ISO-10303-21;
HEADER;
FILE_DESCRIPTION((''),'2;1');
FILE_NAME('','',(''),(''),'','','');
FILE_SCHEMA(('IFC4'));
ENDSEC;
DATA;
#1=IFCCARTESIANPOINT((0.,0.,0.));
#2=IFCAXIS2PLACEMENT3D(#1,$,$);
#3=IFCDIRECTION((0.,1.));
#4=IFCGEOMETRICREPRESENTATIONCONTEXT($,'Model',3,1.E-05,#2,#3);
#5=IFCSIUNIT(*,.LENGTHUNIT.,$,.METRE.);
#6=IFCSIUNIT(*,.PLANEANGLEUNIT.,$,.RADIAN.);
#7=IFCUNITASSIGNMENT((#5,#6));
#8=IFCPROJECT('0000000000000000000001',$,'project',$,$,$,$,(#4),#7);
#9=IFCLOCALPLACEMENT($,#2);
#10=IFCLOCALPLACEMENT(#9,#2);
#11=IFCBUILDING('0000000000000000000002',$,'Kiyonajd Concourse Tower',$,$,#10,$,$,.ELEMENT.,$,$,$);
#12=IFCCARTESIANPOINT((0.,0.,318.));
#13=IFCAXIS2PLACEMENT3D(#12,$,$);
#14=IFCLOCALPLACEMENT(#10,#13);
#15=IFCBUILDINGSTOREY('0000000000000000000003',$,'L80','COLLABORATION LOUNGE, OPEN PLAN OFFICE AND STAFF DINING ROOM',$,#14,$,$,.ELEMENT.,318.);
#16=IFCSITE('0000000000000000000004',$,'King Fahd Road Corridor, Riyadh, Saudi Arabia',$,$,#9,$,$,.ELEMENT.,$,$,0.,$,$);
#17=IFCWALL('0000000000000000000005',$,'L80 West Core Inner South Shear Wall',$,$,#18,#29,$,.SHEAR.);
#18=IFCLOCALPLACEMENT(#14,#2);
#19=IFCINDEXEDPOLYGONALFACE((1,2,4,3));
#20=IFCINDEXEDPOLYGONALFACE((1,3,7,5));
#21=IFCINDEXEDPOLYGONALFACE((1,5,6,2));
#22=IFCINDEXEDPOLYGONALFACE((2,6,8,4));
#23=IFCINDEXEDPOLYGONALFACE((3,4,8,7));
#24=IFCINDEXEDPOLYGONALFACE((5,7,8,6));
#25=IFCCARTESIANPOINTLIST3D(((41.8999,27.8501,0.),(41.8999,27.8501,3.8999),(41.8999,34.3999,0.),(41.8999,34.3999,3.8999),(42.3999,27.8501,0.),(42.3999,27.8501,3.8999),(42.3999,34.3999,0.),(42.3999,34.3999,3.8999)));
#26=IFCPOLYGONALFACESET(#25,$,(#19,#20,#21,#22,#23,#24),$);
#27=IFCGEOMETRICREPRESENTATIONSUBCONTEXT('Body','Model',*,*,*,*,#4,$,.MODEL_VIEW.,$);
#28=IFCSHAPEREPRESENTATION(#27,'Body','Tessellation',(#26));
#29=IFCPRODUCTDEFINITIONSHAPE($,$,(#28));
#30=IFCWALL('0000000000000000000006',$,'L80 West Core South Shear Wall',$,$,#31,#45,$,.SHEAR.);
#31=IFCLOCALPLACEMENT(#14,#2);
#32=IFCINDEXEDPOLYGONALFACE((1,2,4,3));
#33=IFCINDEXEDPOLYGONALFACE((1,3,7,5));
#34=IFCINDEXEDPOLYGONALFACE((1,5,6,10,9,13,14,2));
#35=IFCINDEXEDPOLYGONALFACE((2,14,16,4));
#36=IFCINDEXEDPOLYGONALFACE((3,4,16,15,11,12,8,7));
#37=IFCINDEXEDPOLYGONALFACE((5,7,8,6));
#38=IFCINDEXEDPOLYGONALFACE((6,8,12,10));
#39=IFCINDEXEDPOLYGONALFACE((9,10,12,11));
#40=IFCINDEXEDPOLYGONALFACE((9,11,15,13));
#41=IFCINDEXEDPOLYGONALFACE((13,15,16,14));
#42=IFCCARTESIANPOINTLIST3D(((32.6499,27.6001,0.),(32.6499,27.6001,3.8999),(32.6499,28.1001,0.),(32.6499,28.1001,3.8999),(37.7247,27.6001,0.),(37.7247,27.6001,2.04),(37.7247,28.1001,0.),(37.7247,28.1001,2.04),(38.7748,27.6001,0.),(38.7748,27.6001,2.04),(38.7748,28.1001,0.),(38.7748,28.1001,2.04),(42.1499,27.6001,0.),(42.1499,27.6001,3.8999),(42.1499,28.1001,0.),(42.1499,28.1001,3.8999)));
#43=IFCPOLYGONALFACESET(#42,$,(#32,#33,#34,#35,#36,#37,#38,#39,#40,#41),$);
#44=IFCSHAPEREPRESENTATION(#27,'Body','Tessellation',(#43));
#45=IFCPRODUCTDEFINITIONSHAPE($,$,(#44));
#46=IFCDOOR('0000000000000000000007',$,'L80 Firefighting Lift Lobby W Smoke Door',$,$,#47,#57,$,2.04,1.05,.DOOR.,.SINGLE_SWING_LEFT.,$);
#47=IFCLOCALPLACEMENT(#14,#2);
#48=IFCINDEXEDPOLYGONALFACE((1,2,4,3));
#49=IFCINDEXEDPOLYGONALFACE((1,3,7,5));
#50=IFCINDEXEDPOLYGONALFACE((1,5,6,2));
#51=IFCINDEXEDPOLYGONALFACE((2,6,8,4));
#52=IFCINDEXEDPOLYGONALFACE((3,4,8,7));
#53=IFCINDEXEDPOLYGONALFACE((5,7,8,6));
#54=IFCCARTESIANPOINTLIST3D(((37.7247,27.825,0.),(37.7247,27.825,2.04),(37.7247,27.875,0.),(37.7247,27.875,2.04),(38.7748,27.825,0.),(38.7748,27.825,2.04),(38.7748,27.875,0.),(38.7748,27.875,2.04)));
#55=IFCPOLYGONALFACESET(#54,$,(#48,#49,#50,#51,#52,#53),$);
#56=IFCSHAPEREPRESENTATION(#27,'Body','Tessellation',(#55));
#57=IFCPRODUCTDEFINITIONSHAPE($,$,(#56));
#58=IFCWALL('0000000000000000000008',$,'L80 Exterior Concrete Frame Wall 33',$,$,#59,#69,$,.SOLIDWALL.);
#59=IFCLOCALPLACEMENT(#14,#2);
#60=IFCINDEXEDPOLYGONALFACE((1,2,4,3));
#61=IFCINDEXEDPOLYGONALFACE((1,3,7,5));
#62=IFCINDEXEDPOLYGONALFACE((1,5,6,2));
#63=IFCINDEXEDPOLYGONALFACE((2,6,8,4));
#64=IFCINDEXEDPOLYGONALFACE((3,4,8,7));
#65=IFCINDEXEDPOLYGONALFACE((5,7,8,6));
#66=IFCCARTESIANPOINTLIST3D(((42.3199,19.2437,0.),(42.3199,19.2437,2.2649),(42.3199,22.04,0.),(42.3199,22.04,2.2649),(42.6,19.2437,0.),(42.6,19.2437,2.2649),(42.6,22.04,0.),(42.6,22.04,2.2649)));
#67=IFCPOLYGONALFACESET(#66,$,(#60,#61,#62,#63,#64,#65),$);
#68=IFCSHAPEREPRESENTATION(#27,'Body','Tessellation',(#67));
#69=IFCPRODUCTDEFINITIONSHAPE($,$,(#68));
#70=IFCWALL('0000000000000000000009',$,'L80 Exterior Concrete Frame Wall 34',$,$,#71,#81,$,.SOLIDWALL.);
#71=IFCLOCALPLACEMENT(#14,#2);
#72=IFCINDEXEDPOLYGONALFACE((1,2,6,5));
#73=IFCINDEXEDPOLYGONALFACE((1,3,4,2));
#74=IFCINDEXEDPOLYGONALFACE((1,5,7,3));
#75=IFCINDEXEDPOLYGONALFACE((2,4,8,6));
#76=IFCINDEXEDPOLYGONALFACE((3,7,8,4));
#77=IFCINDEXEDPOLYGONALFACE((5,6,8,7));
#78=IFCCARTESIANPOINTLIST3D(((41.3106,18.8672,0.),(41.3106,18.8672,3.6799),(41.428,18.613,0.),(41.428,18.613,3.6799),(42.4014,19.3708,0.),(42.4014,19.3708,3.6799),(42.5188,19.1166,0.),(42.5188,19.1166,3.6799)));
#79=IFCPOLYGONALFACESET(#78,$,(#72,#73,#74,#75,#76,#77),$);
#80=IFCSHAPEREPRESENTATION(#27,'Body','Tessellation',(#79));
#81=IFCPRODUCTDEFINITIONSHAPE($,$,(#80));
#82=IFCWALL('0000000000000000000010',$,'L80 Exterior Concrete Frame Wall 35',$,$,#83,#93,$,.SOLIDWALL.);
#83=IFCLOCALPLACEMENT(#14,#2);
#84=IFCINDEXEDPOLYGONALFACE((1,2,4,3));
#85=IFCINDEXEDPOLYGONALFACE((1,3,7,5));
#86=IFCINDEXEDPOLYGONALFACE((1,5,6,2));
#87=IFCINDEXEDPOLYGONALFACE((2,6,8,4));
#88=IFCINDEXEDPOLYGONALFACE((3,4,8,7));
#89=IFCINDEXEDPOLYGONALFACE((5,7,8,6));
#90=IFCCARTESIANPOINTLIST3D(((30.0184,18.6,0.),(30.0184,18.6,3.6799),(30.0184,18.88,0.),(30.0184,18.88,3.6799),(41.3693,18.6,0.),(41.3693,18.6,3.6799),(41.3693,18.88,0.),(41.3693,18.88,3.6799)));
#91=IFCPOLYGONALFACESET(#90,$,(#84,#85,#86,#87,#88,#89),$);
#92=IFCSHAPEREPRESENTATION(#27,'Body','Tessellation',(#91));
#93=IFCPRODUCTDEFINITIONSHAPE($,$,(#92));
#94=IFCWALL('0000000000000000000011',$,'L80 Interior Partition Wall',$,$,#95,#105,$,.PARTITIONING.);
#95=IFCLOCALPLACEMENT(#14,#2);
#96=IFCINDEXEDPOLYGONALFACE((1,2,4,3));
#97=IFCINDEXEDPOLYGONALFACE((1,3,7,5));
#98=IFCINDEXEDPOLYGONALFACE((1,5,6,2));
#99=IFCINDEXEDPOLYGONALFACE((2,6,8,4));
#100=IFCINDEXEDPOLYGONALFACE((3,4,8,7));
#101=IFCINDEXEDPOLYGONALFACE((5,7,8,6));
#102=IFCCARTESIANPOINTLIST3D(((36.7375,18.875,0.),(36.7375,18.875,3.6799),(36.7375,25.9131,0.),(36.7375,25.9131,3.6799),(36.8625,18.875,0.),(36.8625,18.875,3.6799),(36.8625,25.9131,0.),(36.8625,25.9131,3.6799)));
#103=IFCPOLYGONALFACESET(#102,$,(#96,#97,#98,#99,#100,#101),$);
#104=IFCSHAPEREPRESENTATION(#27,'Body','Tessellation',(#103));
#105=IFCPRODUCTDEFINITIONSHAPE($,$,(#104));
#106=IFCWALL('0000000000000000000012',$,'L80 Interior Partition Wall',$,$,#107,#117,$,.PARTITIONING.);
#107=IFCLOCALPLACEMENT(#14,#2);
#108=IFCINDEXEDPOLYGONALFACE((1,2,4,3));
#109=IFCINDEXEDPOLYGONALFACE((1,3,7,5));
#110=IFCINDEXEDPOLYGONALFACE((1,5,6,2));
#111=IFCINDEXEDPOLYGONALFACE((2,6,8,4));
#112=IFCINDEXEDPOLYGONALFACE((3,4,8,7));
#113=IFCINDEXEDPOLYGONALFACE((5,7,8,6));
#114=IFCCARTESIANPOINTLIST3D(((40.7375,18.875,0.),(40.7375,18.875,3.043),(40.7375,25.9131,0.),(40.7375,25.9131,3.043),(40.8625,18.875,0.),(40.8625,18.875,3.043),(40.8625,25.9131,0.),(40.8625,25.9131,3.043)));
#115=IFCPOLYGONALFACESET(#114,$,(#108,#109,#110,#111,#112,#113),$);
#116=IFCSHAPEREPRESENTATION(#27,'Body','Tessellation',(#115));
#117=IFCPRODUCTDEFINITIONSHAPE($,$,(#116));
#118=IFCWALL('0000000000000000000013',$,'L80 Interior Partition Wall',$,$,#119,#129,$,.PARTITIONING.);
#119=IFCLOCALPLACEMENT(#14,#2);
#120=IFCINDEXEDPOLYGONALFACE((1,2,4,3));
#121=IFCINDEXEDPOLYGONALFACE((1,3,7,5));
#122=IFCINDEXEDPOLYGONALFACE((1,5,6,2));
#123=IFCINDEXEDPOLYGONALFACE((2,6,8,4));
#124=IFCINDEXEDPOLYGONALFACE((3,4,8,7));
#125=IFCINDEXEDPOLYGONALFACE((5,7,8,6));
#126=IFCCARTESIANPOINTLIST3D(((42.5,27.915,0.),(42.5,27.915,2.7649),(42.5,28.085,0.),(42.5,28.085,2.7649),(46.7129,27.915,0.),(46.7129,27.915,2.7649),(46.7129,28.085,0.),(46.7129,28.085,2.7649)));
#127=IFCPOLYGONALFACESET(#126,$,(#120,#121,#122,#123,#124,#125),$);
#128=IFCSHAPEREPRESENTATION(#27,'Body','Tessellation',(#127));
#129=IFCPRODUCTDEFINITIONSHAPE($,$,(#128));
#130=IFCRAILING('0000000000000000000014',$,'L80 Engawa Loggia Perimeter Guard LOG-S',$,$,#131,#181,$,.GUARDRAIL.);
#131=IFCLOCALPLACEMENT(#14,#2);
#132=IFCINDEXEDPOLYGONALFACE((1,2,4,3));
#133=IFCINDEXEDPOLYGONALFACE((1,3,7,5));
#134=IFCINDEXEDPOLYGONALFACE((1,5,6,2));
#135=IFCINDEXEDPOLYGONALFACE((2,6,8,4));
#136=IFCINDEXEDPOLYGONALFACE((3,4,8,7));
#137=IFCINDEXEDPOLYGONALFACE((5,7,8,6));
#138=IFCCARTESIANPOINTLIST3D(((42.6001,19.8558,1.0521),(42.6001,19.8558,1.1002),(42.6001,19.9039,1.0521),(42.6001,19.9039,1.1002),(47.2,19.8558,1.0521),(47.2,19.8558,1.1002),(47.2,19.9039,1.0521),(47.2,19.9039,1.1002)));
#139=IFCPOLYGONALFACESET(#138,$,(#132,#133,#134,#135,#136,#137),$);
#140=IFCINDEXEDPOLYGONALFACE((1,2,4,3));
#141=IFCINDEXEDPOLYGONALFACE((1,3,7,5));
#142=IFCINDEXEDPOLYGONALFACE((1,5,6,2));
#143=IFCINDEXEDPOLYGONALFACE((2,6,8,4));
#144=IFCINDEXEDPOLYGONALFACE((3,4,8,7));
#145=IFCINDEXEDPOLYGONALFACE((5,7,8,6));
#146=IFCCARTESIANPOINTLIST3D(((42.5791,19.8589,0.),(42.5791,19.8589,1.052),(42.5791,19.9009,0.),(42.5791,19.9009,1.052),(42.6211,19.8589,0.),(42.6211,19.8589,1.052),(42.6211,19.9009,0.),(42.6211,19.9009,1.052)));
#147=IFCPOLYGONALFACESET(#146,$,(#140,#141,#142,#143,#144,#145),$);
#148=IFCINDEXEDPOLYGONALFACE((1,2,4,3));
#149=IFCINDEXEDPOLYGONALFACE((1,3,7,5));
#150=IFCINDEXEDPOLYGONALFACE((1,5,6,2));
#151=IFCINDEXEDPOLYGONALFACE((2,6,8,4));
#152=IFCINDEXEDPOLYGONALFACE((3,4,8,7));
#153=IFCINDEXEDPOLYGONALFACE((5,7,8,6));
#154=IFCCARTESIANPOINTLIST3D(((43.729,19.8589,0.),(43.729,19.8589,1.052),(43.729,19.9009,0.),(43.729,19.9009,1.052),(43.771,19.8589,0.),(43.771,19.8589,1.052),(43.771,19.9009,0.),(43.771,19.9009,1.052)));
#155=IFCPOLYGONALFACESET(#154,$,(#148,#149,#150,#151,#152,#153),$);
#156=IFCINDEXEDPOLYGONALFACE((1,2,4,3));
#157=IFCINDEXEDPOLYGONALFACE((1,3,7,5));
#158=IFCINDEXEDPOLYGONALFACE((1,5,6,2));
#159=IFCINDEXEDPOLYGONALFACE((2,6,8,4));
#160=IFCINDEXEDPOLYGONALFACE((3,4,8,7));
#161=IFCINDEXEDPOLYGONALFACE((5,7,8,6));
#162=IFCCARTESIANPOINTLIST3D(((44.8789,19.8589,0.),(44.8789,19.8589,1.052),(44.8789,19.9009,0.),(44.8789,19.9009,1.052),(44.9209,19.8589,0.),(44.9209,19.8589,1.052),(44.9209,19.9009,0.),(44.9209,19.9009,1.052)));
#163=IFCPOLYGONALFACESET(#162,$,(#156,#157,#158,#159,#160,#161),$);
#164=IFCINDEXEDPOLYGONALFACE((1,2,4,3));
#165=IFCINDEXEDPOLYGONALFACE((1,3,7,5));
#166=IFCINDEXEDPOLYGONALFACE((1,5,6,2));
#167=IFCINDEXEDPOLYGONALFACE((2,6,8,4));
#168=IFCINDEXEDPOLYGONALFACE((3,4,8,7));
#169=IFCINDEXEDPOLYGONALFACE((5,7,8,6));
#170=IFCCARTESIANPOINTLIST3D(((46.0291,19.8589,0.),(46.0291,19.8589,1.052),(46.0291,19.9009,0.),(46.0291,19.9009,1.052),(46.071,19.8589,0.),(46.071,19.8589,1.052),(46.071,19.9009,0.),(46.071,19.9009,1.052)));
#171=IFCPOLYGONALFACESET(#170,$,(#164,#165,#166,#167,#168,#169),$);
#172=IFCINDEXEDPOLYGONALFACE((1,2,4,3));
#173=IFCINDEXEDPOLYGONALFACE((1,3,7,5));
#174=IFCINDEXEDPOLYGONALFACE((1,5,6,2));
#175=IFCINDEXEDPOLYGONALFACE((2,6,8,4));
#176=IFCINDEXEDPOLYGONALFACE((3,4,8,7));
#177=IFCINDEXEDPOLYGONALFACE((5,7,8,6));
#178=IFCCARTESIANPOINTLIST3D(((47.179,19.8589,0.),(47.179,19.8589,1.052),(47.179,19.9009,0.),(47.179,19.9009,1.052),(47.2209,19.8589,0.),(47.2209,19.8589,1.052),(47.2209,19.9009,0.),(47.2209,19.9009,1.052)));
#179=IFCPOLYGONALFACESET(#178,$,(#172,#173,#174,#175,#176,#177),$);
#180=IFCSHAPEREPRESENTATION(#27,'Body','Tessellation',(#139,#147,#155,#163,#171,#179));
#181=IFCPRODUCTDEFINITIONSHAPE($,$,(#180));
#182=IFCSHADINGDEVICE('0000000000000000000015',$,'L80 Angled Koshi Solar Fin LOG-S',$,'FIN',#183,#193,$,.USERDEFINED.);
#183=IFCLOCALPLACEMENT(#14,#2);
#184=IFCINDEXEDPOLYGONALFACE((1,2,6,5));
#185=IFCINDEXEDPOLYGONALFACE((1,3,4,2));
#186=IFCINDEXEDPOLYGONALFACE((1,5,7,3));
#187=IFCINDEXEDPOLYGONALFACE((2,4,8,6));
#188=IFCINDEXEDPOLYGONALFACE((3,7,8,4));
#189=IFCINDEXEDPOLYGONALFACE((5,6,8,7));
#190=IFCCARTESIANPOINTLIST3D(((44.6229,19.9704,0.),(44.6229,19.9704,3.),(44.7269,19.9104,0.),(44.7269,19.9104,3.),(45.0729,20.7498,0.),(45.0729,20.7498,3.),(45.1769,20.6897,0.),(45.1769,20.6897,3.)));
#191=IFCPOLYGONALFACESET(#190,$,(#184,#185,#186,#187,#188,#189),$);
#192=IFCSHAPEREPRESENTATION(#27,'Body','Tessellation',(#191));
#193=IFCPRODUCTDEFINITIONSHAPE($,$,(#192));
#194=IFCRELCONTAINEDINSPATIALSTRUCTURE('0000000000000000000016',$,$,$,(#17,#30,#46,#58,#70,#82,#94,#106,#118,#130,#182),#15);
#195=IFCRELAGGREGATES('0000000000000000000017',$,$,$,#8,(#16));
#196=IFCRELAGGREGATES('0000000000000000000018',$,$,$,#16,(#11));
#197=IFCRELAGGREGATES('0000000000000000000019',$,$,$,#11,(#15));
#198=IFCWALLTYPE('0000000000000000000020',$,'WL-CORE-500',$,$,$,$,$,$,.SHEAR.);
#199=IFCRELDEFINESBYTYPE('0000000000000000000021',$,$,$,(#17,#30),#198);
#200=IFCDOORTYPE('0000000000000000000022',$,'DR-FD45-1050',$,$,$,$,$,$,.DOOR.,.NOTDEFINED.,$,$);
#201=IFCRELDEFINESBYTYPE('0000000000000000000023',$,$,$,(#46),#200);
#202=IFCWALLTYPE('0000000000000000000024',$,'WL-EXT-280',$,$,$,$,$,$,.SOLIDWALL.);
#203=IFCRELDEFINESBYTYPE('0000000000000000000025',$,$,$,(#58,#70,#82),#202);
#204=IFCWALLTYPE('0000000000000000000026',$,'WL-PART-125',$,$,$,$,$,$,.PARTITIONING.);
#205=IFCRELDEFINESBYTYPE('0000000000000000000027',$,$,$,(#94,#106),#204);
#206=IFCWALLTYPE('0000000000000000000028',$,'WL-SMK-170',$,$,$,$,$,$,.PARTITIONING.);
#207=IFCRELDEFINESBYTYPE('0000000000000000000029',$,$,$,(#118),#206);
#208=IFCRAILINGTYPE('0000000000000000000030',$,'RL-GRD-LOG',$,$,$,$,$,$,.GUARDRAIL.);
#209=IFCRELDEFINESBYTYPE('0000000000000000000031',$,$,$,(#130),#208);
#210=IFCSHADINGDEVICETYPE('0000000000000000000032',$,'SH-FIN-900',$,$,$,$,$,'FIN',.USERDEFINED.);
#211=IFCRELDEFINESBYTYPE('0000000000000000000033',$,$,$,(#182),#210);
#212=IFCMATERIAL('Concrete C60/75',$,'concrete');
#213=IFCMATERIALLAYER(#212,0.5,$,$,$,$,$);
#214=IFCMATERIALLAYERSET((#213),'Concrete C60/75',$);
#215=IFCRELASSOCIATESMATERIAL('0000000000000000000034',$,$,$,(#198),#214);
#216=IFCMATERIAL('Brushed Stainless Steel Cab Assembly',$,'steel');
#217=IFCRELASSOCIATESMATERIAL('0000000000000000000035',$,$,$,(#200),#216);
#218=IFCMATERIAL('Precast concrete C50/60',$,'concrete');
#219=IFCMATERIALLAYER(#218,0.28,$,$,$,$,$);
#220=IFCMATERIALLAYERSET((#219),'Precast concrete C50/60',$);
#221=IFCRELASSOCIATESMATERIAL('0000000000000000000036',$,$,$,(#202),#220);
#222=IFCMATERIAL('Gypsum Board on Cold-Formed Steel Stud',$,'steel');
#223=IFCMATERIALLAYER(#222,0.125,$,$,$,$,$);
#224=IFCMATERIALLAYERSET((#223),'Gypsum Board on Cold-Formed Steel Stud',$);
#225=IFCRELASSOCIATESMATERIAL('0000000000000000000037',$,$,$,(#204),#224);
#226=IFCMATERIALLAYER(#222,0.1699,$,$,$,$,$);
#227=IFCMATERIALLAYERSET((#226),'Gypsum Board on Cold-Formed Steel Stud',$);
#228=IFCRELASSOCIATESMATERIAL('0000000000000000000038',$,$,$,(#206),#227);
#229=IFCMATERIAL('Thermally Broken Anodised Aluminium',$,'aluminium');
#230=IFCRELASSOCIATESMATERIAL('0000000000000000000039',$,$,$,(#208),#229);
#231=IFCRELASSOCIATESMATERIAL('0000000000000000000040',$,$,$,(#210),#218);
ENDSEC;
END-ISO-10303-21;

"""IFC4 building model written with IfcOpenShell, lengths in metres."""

from ifc_helpers import new_model, si_unit, direction, frame, frame_2d, origin, origin_2d, place, context, subcontext, project, spatial, rectangle, extrude, material, layer, layer_set, type_object, element, fill, save


model = new_model("IFC4")

# Units and contexts
model_context = context("Model", 3, precision=1e-05, world=origin(), true_north=direction((0.0, 1.0)))
body_context = subcontext(model_context, "Body", "Model", "MODEL_VIEW")
ifc_project = project(units=[si_unit("LENGTHUNIT", "METRE"), si_unit("PLANEANGLEUNIT", "RADIAN")], contexts=[model_context])

# Site, building, storey
site_placement = place(None, origin())
site = spatial("IfcSite", under=ifc_project, at=site_placement, Name="King Fahd Road Corridor, Riyadh, Saudi Arabia", CompositionType="ELEMENT", RefElevation=0.0)
building_placement = place(site_placement, origin())
building = spatial("IfcBuilding", under=site, at=building_placement, Name="Kiyonajd Concourse Tower", CompositionType="ELEMENT")
storey_placement = place(building_placement, frame((0.0, 0.0, 318.0)))
storey = spatial("IfcBuildingStorey", under=building, at=storey_placement, Name="L80", Description="COLLABORATION LOUNGE, OPEN PLAN OFFICE AND STAFF DINING ROOM", CompositionType="ELEMENT", Elevation=318.0)

# Shared definitions
ifc_material_1 = material(Name="Concrete C60/75", Category="concrete")

# Shared definitions
ifc_material_2 = material(Name="Thermally Broken Anodised Aluminium", Category="aluminium")

# Wall
ifc_layer_1 = layer(ifc_material_1, 0.5)
ifc_layer_set_1 = layer_set([ifc_layer_1], Name="Concrete C60/75")
wall_type_1 = type_object("IfcWallType", Name="WL-CORE-500", PredefinedType="SHEAR", material=ifc_layer_set_1)
wall_1_placement = place(storey_placement, frame((42.1499, 27.8501, 0.0), z_axis=(0.0, 0.0, 1.0), x_axis=(0.0, 1.0, 0.0)))
element("IfcWall", 1, at=wall_1_placement, inside=storey, type_object=wall_type_1, Name="L80 West Core Inner South Shear Wall", PredefinedType="SHEAR", context=body_context, shape_type="SweptSolid", body=[
    extrude(rectangle(XDim=6.5498, YDim=0.5, at=frame_2d((3.2749, 0.0))), origin(), (0.0, 0.0, 1.0), 3.8999),
])

# Wall, opening, door
wall_2_placement = place(storey_placement, frame((32.6499, 27.8501, 0.0), z_axis=(0.0, 0.0, 1.0), x_axis=(1.0, 0.0, 0.0)))
wall_2 = element("IfcWall", 2, at=wall_2_placement, inside=storey, type_object=wall_type_1, Name="L80 West Core South Shear Wall", PredefinedType="SHEAR", context=body_context, shape_type="SweptSolid", body=[
    extrude(rectangle(XDim=9.5, YDim=0.5, at=frame_2d((4.75, 0.0))), origin(), (0.0, 0.0, 1.0), 3.8999),
])
opening_placement = place(wall_2_placement, frame((5.075, 0.0, 0.0)))
opening = element("IfcOpeningElement", 3, at=opening_placement, cuts=wall_2, PredefinedType="OPENING", context=body_context, shape_type="SweptSolid", body=[
    extrude(rectangle(XDim=1.05, YDim=2.04, at=frame_2d((0.5249, 1.02))), frame((0.0, 0.26, 0.0), z_axis=(0.0, -1.0, 0.0), x_axis=(1.0, 0.0, 0.0)), (0.0, 0.0, 1.0), 0.52),
])
ifc_material_3 = material(Name="Brushed Stainless Steel Cab Assembly", Category="steel")
door_type = type_object("IfcDoorType", Name="DR-FD45-1050", OperationType="NOTDEFINED", PredefinedType="DOOR", material=ifc_material_3)
door_placement = place(opening_placement, origin())
door = element("IfcDoor", 4, at=door_placement, inside=storey, type_object=door_type, Name="L80 Firefighting Lift Lobby W Smoke Door", OperationType="SINGLE_SWING_LEFT", OverallHeight=2.04, OverallWidth=1.05, PredefinedType="DOOR", context=body_context, shape_type="SweptSolid", body=[
    extrude(rectangle(XDim=1.05, YDim=2.04, at=frame_2d((0.5249, 1.02))), frame((0.0, 0.0249, 0.0), z_axis=(0.0, -1.0, 0.0), x_axis=(1.0, 0.0, 0.0)), (0.0, 0.0, 1.0), 0.05),
])
fill(opening, door)

# Walls
ifc_material_4 = material(Name="Precast concrete C50/60", Category="concrete")
ifc_layer_2 = layer(ifc_material_4, 0.28)
ifc_layer_set_2 = layer_set([ifc_layer_2], Name="Precast concrete C50/60")
wall_type_2 = type_object("IfcWallType", Name="WL-EXT-280", PredefinedType="SOLIDWALL", material=ifc_layer_set_2)
wall_3_placement = place(storey_placement, frame((42.46, 22.04, 0.0), z_axis=(0.0, 0.0, 1.0), x_axis=(0.0, -1.0, 0.0)))
element("IfcWall", 5, at=wall_3_placement, inside=storey, type_object=wall_type_2, Name="L80 Exterior Concrete Frame Wall 33", PredefinedType="SOLIDWALL", context=body_context, shape_type="SweptSolid", body=[
    extrude(rectangle(XDim=2.7964, YDim=0.28, at=frame_2d((1.3982, 0.0))), origin(), (0.0, 0.0, 1.0), 2.2649),
])
wall_4_placement = place(storey_placement, frame((42.46, 19.2437, 0.0), z_axis=(0.0, 0.0, 1.0), x_axis=(-0.907894, -0.4192, 0.0)))
element("IfcWall", 6, at=wall_4_placement, inside=storey, type_object=wall_type_2, Name="L80 Exterior Concrete Frame Wall 34", PredefinedType="SOLIDWALL", context=body_context, shape_type="SweptSolid", body=[
    extrude(rectangle(XDim=1.2014, YDim=0.28, at=frame_2d((0.6006, 0.0))), origin(), (0.0, 0.0, 1.0), 3.6799),
])
wall_5_placement = place(storey_placement, frame((41.3691, 18.74, 0.0), z_axis=(0.0, 0.0, 1.0), x_axis=(-1.0, 0.0, 0.0)))
element("IfcWall", 7, at=wall_5_placement, inside=storey, type_object=wall_type_2, Name="L80 Exterior Concrete Frame Wall 35", PredefinedType="SOLIDWALL", context=body_context, shape_type="SweptSolid", body=[
    extrude(rectangle(XDim=11.3508, YDim=0.28, at=frame_2d((5.6753, 0.0))), origin(), (0.0, 0.0, 1.0), 3.6799),
])
ifc_material_5 = material(Name="Gypsum Board on Cold-Formed Steel Stud", Category="steel")
ifc_layer_3 = layer(ifc_material_5, 0.125)
ifc_layer_set_3 = layer_set([ifc_layer_3], Name="Gypsum Board on Cold-Formed Steel Stud")
wall_type_3 = type_object("IfcWallType", Name="WL-PART-125", PredefinedType="PARTITIONING", material=ifc_layer_set_3)
wall_6_placement = place(storey_placement, frame((36.8, 18.875, 0.0), z_axis=(0.0, 0.0, 1.0), x_axis=(0.0, 1.0, 0.0)))
element("IfcWall", 8, at=wall_6_placement, inside=storey, type_object=wall_type_3, Name="L80 Interior Partition Wall", PredefinedType="PARTITIONING", context=body_context, shape_type="SweptSolid", body=[
    extrude(rectangle(XDim=7.0381, YDim=0.125, at=frame_2d((3.519, 0.0))), origin(), (0.0, 0.0, 1.0), 3.6799),
])
wall_7_placement = place(storey_placement, frame((40.8, 18.875, 0.0), z_axis=(0.0, 0.0, 1.0), x_axis=(0.0, 1.0, 0.0)))
element("IfcWall", 9, at=wall_7_placement, inside=storey, type_object=wall_type_3, Name="L80 Interior Partition Wall", PredefinedType="PARTITIONING", context=body_context, shape_type="SweptSolid", body=[
    extrude(rectangle(XDim=7.0381, YDim=0.125, at=frame_2d((3.519, 0.0))), origin(), (0.0, 0.0, 1.0), 3.043),
])
ifc_layer_4 = layer(ifc_material_5, 0.1699)
ifc_layer_set_4 = layer_set([ifc_layer_4], Name="Gypsum Board on Cold-Formed Steel Stud")
wall_type_4 = type_object("IfcWallType", Name="WL-SMK-170", PredefinedType="PARTITIONING", material=ifc_layer_set_4)
wall_8_placement = place(storey_placement, frame((42.5, 28.0, 0.0), z_axis=(0.0, 0.0, 1.0), x_axis=(1.0, 0.0, 0.0)))
element("IfcWall", 10, at=wall_8_placement, inside=storey, type_object=wall_type_4, Name="L80 Interior Partition Wall", PredefinedType="PARTITIONING", context=body_context, shape_type="SweptSolid", body=[
    extrude(rectangle(XDim=4.2129, YDim=0.1699, at=frame_2d((2.1064, 0.0))), origin(), (0.0, 0.0, 1.0), 2.7649),
])

# Railing
railing_type = type_object("IfcRailingType", Name="RL-GRD-LOG", PredefinedType="GUARDRAIL", material=ifc_material_2)
railing_placement = place(storey_placement, frame((42.6001, 19.8799, 0.0)))
element("IfcRailing", 11, at=railing_placement, inside=storey, type_object=railing_type, Name="L80 Engawa Loggia Perimeter Guard LOG-S", PredefinedType="GUARDRAIL", context=body_context, shape_type="SweptSolid", body=[
    extrude(rectangle(XDim=0.0481, YDim=0.0481, at=origin_2d()), frame((0.0, 0.0, 1.0762), z_axis=(1.0, 0.0, 0.0), x_axis=(0.0, 1.0, 0.0)), (0.0, 0.0, 1.0), 4.5999),
    extrude(rectangle(XDim=0.042, YDim=0.042, at=origin_2d()), origin(), (0.0, 0.0, 1.0), 1.052),
    extrude(rectangle(XDim=0.042, YDim=0.042, at=origin_2d()), frame((1.1499, 0.0, 0.0)), (0.0, 0.0, 1.0), 1.052),
    extrude(rectangle(XDim=0.042, YDim=0.042, at=origin_2d()), frame((2.2998, 0.0, 0.0)), (0.0, 0.0, 1.0), 1.052),
    extrude(rectangle(XDim=0.042, YDim=0.042, at=origin_2d()), frame((3.45, 0.0, 0.0)), (0.0, 0.0, 1.0), 1.052),
    extrude(rectangle(XDim=0.042, YDim=0.042, at=origin_2d()), frame((4.5999, 0.0, 0.0)), (0.0, 0.0, 1.0), 1.052),
])

# Shading device
shading_device_type_1 = type_object("IfcShadingDeviceType", Name="SH-FIN-900", ElementType="FIN", PredefinedType="USERDEFINED", material=ifc_material_4)
shading_device_1_placement = place(storey_placement, frame((44.8999, 20.3301, 0.0), z_axis=(0.0, 0.0, 1.0), x_axis=(0.5, 0.866025, 0.0)))
element("IfcShadingDevice", 12, at=shading_device_1_placement, inside=storey, type_object=shading_device_type_1, Name="L80 Angled Koshi Solar Fin LOG-S", ObjectType="FIN", PredefinedType="USERDEFINED", context=body_context, shape_type="SweptSolid", body=[
    extrude(rectangle(XDim=0.8999, YDim=0.1201, at=origin_2d()), origin(), (0.0, 0.0, 1.0), 3.0),
])

save(model, "model.ifc")
